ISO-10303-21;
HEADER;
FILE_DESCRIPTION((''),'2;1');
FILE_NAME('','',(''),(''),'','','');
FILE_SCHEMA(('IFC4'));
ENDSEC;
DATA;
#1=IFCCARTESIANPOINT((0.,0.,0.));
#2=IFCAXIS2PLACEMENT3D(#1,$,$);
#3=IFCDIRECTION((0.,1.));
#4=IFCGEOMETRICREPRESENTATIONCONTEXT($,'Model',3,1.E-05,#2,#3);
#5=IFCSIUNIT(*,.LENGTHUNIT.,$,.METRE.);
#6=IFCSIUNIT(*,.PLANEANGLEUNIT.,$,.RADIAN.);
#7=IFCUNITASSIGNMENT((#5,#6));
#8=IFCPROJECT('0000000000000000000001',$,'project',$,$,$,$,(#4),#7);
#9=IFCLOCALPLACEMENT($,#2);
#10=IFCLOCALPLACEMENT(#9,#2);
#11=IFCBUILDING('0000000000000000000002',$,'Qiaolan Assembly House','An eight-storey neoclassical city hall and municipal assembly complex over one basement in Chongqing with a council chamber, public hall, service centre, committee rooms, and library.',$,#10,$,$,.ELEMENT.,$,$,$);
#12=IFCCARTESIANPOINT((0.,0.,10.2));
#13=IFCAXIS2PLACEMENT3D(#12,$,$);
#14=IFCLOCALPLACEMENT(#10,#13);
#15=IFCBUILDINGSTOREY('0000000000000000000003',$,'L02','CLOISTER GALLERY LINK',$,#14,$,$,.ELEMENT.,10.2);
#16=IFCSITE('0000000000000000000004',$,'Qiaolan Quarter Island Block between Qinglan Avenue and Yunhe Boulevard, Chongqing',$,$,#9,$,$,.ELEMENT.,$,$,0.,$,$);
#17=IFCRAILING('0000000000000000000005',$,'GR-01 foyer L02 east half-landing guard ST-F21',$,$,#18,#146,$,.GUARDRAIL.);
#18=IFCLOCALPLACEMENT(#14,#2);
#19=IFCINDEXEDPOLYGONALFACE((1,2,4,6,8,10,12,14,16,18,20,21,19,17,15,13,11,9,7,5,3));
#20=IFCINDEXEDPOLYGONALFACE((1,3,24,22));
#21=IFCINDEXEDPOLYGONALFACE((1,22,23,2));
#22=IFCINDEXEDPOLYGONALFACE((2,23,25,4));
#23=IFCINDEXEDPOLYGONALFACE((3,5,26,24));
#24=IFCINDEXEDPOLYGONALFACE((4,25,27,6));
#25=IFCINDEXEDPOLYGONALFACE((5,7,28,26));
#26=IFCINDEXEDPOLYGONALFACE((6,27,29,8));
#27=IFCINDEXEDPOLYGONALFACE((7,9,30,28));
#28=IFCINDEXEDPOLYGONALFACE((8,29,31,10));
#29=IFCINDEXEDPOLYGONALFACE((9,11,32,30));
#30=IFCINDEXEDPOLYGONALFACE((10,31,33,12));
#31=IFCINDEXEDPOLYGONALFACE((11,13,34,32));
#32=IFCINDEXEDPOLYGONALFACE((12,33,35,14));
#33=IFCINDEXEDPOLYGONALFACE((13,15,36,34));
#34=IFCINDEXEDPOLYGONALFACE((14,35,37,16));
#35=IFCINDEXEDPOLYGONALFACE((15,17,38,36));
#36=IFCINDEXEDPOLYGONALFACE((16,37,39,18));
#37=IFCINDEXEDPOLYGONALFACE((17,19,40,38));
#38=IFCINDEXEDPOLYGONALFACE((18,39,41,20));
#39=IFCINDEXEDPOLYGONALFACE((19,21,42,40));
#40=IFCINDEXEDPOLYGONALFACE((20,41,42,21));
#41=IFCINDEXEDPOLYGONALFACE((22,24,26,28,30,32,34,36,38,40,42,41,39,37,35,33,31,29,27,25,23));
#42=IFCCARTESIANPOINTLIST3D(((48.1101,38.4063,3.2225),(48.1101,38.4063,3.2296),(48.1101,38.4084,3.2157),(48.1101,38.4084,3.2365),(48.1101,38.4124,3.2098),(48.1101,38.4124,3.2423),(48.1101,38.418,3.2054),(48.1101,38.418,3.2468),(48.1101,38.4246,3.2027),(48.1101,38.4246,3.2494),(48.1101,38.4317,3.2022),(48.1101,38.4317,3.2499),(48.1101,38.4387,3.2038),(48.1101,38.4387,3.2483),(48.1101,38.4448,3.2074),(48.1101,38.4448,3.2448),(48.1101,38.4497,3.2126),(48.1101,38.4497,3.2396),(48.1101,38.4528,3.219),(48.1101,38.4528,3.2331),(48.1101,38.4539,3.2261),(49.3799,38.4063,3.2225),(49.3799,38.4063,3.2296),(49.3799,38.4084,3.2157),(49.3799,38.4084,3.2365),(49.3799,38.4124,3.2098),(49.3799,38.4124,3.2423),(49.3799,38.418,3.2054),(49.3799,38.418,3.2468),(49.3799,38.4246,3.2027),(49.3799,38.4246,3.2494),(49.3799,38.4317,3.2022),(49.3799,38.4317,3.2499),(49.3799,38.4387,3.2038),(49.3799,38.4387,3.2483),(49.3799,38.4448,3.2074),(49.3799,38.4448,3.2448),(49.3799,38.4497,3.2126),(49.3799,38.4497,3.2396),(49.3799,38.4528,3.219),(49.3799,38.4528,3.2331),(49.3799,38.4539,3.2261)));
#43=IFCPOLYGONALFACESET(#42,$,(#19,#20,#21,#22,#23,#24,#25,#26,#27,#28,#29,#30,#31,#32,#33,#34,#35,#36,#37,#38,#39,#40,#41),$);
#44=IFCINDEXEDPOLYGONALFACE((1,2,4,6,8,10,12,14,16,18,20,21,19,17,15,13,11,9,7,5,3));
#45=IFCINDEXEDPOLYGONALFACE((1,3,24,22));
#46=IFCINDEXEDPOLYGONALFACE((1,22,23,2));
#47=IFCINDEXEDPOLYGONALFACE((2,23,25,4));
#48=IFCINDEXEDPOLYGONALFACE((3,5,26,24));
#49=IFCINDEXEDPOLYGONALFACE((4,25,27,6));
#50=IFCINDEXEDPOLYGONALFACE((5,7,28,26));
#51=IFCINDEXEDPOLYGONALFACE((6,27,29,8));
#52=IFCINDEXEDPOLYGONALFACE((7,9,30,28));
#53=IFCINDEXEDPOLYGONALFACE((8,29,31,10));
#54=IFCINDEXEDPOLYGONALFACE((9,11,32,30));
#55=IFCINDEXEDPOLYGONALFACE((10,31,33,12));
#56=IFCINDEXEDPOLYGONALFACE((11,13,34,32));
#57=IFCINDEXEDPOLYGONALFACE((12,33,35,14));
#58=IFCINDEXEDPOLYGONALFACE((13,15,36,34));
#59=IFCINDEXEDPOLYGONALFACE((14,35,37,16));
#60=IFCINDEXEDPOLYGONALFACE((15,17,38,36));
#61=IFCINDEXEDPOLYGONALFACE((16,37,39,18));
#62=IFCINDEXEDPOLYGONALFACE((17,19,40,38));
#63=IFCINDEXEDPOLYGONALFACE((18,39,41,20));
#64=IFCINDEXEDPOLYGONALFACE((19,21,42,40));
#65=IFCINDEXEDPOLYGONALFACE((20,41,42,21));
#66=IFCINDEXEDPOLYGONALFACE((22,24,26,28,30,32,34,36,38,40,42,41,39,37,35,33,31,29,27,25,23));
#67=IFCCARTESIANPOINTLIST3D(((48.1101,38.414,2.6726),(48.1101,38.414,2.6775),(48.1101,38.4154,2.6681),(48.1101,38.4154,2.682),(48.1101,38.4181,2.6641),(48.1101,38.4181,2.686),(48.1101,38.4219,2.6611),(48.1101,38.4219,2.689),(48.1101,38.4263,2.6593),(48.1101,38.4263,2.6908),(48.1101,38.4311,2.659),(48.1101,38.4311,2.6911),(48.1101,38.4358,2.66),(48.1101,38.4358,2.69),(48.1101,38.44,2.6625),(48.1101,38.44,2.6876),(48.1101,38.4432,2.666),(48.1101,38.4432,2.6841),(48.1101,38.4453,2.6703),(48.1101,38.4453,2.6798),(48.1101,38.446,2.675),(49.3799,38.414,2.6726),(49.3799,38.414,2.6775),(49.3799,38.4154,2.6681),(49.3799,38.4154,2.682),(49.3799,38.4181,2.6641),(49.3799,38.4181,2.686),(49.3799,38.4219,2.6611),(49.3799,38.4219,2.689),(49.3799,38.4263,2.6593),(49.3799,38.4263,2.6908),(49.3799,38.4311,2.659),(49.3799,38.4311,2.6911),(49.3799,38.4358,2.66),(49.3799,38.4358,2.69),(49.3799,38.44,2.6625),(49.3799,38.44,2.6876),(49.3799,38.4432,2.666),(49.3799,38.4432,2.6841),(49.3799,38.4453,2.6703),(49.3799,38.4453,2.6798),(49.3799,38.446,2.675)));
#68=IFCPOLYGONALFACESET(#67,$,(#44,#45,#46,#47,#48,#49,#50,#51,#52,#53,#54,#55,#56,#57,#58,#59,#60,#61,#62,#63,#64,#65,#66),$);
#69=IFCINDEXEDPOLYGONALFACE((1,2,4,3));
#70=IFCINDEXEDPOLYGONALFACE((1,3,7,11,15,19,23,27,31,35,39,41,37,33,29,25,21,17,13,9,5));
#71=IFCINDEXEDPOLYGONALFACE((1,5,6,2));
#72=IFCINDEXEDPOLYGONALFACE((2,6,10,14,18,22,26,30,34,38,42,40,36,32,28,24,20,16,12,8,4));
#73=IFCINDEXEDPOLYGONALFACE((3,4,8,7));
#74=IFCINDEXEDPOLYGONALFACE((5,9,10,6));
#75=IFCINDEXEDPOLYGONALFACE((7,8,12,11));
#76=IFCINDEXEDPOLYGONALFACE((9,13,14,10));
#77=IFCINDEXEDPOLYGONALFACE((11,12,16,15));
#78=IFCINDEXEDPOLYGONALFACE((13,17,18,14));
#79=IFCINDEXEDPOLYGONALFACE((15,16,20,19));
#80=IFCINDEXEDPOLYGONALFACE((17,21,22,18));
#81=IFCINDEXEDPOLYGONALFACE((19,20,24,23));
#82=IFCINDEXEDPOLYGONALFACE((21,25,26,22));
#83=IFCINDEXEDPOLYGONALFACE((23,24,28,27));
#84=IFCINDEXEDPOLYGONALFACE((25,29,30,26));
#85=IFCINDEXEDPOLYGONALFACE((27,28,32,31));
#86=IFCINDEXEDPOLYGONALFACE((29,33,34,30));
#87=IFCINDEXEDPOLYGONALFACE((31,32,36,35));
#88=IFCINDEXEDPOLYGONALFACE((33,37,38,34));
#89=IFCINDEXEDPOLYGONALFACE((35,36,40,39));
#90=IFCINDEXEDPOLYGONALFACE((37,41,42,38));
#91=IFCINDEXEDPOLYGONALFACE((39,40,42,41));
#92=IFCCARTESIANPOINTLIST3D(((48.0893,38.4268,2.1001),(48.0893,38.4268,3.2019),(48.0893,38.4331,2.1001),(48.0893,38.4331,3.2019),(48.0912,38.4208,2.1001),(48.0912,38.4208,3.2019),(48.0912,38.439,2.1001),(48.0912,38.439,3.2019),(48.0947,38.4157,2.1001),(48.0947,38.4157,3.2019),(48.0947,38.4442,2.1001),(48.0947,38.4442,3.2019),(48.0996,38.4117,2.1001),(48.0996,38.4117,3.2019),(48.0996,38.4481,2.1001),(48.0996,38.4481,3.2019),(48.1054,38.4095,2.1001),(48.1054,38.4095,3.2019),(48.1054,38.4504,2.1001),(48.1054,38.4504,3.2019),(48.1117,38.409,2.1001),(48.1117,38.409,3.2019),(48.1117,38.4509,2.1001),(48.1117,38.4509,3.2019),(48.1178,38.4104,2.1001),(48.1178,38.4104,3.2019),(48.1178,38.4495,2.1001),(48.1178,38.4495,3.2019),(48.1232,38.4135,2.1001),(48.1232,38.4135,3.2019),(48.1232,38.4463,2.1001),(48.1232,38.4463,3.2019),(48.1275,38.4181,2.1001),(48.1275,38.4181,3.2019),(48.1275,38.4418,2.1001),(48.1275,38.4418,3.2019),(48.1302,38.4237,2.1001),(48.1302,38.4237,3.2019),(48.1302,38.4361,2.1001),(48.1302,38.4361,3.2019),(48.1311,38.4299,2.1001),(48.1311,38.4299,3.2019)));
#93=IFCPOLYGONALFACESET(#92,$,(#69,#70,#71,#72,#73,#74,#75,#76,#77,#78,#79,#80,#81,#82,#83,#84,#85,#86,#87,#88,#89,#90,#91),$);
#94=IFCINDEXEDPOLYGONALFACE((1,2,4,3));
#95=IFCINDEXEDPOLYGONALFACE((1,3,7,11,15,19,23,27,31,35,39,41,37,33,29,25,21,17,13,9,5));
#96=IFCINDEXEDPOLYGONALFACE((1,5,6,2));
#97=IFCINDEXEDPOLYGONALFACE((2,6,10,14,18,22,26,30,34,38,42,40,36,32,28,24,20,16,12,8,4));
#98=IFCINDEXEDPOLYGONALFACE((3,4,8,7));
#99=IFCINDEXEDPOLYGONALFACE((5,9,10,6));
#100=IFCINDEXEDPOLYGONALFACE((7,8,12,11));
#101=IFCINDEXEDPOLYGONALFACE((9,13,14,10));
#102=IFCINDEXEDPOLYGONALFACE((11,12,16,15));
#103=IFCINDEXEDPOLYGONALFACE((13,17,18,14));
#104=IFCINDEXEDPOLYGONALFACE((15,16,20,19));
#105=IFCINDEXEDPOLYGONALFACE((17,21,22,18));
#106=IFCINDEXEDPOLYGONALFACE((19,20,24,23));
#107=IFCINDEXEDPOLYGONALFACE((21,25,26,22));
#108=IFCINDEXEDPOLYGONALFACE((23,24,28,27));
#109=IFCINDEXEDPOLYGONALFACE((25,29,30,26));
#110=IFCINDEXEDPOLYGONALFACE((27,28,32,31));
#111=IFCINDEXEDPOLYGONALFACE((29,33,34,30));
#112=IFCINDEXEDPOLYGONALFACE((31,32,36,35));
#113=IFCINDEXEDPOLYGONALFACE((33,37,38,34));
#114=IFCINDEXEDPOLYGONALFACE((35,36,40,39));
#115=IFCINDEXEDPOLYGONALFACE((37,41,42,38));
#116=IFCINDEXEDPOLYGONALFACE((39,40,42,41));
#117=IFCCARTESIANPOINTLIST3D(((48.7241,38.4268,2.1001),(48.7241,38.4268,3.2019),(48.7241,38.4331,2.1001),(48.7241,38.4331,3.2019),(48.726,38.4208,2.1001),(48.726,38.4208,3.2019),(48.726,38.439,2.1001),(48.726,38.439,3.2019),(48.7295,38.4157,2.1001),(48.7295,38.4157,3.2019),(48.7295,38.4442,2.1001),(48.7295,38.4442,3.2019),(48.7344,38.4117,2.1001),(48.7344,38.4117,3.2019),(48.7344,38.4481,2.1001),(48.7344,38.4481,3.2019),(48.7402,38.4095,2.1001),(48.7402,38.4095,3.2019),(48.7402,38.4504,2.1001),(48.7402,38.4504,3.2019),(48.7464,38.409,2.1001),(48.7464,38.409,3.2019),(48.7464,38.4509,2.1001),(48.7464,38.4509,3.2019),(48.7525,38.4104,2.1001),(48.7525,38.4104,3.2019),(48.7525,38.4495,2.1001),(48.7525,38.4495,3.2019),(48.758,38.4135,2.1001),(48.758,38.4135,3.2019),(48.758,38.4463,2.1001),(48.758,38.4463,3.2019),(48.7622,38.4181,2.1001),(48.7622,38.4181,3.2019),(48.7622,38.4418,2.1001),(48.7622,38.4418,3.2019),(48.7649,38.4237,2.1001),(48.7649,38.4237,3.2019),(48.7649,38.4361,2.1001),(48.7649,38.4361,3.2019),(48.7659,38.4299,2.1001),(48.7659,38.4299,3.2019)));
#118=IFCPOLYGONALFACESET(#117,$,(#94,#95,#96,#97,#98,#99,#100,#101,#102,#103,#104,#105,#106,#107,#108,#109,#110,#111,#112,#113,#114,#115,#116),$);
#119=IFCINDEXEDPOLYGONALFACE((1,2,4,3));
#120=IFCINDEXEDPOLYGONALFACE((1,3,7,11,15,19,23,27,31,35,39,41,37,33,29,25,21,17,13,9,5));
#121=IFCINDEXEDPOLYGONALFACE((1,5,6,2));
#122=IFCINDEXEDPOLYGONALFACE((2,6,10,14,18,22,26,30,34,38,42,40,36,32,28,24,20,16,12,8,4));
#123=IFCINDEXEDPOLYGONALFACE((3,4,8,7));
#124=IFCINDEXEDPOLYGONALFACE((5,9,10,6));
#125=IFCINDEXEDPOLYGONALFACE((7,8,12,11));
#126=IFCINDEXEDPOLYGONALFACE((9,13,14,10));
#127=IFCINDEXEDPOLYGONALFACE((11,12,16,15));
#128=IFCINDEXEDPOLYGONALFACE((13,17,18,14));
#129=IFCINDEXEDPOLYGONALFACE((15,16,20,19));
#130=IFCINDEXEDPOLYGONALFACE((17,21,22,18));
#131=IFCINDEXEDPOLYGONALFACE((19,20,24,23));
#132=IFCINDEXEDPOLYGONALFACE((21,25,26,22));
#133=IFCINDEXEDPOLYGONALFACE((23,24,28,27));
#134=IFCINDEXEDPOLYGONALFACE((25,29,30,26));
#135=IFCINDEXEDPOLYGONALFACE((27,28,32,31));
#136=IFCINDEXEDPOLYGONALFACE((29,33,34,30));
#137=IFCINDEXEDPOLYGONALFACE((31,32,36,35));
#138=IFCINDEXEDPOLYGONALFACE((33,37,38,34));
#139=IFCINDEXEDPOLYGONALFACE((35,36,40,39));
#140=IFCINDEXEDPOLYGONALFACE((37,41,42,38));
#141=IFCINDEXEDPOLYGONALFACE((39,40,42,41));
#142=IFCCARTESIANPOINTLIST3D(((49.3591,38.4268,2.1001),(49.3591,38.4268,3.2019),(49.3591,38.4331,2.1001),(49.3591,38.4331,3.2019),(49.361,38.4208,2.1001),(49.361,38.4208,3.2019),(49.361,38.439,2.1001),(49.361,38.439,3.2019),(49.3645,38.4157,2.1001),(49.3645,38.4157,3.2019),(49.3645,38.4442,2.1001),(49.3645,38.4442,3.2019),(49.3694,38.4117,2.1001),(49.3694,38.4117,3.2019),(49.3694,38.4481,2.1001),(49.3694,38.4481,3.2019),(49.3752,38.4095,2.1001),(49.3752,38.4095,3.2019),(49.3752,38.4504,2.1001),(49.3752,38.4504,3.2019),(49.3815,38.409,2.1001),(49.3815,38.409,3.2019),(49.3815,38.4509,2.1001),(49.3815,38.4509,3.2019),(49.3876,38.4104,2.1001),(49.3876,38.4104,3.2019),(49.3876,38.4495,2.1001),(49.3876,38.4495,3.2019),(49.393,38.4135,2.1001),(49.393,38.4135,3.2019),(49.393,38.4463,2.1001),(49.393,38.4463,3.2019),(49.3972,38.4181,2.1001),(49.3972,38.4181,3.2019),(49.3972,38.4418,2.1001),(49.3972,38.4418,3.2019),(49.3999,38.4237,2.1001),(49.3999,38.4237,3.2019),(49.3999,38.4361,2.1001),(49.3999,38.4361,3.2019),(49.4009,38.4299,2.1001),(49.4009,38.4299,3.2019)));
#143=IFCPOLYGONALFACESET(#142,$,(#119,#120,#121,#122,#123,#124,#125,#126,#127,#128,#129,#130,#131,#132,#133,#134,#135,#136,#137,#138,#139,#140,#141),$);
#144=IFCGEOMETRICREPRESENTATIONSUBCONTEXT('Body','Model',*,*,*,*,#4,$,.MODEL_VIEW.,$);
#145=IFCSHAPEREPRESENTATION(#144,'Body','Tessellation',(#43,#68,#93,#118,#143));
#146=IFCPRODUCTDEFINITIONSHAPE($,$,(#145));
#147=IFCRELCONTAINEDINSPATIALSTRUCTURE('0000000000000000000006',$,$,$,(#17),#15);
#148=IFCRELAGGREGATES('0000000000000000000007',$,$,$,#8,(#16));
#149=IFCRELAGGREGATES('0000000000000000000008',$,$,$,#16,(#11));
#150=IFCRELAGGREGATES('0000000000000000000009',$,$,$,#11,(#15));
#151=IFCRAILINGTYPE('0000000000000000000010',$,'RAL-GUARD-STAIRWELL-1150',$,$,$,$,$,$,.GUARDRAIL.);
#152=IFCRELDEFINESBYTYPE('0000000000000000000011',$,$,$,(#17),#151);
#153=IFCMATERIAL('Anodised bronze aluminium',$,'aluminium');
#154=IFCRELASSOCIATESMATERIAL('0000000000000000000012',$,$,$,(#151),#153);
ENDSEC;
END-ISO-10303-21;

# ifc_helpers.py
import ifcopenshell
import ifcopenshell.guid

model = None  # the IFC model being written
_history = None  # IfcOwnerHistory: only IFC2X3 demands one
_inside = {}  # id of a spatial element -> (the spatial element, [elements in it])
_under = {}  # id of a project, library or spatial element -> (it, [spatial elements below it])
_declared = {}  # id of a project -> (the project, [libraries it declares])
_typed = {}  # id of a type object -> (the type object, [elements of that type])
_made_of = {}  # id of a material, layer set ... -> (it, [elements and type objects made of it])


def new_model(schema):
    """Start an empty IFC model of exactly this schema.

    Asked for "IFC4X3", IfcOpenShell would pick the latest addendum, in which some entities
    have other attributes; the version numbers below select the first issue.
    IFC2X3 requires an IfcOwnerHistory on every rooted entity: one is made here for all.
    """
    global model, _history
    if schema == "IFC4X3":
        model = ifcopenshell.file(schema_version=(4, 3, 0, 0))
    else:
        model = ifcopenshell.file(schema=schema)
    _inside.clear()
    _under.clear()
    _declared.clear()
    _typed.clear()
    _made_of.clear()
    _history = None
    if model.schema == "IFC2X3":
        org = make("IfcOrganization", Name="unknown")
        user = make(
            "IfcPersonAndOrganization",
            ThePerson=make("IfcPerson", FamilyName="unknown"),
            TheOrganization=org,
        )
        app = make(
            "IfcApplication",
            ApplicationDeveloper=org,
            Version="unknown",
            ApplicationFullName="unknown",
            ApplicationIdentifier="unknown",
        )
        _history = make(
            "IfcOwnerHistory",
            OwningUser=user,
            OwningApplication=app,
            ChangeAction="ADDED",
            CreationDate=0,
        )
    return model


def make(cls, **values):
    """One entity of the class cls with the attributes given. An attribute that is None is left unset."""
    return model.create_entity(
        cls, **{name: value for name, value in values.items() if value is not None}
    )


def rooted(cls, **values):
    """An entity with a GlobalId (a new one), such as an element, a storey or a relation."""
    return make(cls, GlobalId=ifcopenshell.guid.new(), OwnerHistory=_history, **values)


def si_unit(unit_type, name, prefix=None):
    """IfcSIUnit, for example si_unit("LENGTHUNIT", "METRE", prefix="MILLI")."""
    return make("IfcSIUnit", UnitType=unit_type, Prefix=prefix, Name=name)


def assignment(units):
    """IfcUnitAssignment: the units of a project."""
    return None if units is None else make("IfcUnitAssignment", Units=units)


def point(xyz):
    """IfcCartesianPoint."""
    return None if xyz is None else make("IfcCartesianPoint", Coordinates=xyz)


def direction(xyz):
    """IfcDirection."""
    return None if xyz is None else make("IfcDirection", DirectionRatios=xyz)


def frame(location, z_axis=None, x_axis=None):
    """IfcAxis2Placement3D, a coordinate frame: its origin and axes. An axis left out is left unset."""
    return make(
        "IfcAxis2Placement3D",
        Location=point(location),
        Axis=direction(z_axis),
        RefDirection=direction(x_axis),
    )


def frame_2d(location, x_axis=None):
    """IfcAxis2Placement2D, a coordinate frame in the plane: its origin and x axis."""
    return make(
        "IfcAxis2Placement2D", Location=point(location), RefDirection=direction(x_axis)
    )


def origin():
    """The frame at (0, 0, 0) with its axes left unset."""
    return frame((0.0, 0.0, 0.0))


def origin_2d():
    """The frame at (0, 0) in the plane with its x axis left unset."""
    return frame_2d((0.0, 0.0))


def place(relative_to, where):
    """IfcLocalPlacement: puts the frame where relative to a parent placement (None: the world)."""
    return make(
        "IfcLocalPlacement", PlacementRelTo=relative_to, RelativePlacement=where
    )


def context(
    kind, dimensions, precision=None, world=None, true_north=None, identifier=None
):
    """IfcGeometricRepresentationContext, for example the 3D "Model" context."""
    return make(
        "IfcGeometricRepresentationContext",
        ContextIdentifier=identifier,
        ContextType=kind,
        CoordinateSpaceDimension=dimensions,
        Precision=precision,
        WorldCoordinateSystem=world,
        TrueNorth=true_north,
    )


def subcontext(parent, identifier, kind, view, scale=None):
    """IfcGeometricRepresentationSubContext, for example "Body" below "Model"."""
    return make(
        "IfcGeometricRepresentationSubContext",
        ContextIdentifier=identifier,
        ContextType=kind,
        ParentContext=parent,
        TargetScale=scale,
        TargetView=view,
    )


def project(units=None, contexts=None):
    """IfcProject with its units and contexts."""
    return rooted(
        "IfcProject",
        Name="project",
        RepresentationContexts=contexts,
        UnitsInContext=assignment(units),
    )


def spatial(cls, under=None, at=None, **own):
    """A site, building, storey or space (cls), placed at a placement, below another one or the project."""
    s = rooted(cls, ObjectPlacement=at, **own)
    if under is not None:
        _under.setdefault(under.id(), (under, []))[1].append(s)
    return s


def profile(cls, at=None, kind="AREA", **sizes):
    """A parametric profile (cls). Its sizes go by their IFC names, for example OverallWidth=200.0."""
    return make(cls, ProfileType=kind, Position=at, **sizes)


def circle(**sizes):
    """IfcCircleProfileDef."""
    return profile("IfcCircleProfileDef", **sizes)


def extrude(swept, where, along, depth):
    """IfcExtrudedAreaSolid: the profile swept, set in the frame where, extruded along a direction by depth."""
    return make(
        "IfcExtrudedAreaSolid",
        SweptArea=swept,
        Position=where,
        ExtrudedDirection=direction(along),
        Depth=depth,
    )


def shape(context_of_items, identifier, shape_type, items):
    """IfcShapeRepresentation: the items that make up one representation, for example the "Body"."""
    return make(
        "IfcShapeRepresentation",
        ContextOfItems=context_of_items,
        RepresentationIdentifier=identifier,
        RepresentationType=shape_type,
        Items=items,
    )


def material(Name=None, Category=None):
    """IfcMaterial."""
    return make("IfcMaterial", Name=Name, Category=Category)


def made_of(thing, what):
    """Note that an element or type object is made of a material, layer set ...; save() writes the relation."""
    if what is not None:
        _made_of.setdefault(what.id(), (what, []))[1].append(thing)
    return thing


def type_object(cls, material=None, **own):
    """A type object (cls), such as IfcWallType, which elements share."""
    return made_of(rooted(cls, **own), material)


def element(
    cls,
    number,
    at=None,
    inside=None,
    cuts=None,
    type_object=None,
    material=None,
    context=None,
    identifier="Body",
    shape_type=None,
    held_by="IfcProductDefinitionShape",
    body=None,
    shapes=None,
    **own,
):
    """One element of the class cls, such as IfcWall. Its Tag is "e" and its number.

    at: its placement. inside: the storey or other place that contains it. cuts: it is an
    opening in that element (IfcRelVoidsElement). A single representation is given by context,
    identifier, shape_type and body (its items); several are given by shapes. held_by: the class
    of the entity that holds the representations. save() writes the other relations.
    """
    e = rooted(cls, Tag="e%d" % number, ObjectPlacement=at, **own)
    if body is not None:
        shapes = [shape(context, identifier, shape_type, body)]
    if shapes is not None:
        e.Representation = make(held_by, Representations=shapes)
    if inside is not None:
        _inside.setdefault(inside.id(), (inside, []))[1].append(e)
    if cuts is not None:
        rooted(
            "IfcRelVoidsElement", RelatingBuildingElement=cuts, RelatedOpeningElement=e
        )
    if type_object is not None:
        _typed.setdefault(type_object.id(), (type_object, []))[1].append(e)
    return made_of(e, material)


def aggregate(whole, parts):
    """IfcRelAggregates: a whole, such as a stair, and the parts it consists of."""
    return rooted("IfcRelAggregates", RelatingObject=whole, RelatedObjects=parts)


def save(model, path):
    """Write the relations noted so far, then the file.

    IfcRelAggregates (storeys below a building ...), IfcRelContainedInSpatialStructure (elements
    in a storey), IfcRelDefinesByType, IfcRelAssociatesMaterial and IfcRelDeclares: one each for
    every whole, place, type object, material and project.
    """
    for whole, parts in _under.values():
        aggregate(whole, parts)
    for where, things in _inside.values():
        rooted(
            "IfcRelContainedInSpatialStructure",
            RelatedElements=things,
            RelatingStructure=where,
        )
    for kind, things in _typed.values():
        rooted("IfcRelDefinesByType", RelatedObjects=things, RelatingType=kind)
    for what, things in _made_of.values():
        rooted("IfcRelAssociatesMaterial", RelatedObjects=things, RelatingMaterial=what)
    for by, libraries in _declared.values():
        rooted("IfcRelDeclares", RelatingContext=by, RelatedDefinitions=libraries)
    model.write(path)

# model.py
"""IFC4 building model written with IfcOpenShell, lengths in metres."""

from ifc_helpers import new_model, si_unit, direction, frame, origin, origin_2d, place, context, subcontext, project, spatial, circle, extrude, material, type_object, element, save


model = new_model("IFC4")

# Units and contexts
model_context = context("Model", 3, precision=1e-05, world=origin(), true_north=direction((0.0, 1.0)))
body_context = subcontext(model_context, "Body", "Model", "MODEL_VIEW")
ifc_project = project(units=[si_unit("LENGTHUNIT", "METRE"), si_unit("PLANEANGLEUNIT", "RADIAN")], contexts=[model_context])

# Site, building, storey
site_placement = place(None, origin())
site = spatial("IfcSite", under=ifc_project, at=site_placement, Name="Qiaolan Quarter Island Block between Qinglan Avenue and Yunhe Boulevard, Chongqing", CompositionType="ELEMENT", RefElevation=0.0)
building_placement = place(site_placement, origin())
building = spatial("IfcBuilding", under=site, at=building_placement, Name="Qiaolan Assembly House", Description="An eight-storey neoclassical city hall and municipal assembly complex over one basement in Chongqing with a council chamber, public hall, service centre, committee rooms, and library.", CompositionType="ELEMENT")
storey_placement = place(building_placement, frame((0.0, 0.0, 10.2)))
storey = spatial("IfcBuildingStorey", under=building, at=storey_placement, Name="L02", Description="CLOISTER GALLERY LINK", CompositionType="ELEMENT", Elevation=10.2)

# Shared definitions
ifc_material_1 = material(Name="Anodised bronze aluminium", Category="aluminium")

# Railing
railing_type = type_object("IfcRailingType", Name="RAL-GUARD-STAIRWELL-1150", PredefinedType="GUARDRAIL", material=ifc_material_1)
railing_1_placement = place(storey_placement, frame((48.1101, 38.4299, 2.1001)))
element("IfcRailing", 1, at=railing_1_placement, inside=storey, type_object=railing_type, Name="GR-01 foyer L02 east half-landing guard ST-F21", PredefinedType="GUARDRAIL", context=body_context, shape_type="SweptSolid", body=[
    extrude(circle(Radius=0.0239, at=origin_2d()), frame((0.0, 0.0, 1.126), z_axis=(1.0, 0.0, 0.0), x_axis=(0.0, 1.0, 0.0)), (0.0, 0.0, 1.0), 1.2698),
    extrude(circle(Radius=0.0161, at=origin_2d()), frame((0.0, 0.0, 0.575), z_axis=(1.0, 0.0, 0.0), x_axis=(0.0, 1.0, 0.0)), (0.0, 0.0, 1.0), 1.2698),
    extrude(circle(Radius=0.021, at=origin_2d()), origin(), (0.0, 0.0, 1.0), 1.1018),
    extrude(circle(Radius=0.021, at=origin_2d()), frame((0.6348, 0.0, 0.0)), (0.0, 0.0, 1.0), 1.1018),
    extrude(circle(Radius=0.021, at=origin_2d()), frame((1.2698, 0.0, 0.0)), (0.0, 0.0, 1.0), 1.1018),
])

save(model, "model.ifc")
